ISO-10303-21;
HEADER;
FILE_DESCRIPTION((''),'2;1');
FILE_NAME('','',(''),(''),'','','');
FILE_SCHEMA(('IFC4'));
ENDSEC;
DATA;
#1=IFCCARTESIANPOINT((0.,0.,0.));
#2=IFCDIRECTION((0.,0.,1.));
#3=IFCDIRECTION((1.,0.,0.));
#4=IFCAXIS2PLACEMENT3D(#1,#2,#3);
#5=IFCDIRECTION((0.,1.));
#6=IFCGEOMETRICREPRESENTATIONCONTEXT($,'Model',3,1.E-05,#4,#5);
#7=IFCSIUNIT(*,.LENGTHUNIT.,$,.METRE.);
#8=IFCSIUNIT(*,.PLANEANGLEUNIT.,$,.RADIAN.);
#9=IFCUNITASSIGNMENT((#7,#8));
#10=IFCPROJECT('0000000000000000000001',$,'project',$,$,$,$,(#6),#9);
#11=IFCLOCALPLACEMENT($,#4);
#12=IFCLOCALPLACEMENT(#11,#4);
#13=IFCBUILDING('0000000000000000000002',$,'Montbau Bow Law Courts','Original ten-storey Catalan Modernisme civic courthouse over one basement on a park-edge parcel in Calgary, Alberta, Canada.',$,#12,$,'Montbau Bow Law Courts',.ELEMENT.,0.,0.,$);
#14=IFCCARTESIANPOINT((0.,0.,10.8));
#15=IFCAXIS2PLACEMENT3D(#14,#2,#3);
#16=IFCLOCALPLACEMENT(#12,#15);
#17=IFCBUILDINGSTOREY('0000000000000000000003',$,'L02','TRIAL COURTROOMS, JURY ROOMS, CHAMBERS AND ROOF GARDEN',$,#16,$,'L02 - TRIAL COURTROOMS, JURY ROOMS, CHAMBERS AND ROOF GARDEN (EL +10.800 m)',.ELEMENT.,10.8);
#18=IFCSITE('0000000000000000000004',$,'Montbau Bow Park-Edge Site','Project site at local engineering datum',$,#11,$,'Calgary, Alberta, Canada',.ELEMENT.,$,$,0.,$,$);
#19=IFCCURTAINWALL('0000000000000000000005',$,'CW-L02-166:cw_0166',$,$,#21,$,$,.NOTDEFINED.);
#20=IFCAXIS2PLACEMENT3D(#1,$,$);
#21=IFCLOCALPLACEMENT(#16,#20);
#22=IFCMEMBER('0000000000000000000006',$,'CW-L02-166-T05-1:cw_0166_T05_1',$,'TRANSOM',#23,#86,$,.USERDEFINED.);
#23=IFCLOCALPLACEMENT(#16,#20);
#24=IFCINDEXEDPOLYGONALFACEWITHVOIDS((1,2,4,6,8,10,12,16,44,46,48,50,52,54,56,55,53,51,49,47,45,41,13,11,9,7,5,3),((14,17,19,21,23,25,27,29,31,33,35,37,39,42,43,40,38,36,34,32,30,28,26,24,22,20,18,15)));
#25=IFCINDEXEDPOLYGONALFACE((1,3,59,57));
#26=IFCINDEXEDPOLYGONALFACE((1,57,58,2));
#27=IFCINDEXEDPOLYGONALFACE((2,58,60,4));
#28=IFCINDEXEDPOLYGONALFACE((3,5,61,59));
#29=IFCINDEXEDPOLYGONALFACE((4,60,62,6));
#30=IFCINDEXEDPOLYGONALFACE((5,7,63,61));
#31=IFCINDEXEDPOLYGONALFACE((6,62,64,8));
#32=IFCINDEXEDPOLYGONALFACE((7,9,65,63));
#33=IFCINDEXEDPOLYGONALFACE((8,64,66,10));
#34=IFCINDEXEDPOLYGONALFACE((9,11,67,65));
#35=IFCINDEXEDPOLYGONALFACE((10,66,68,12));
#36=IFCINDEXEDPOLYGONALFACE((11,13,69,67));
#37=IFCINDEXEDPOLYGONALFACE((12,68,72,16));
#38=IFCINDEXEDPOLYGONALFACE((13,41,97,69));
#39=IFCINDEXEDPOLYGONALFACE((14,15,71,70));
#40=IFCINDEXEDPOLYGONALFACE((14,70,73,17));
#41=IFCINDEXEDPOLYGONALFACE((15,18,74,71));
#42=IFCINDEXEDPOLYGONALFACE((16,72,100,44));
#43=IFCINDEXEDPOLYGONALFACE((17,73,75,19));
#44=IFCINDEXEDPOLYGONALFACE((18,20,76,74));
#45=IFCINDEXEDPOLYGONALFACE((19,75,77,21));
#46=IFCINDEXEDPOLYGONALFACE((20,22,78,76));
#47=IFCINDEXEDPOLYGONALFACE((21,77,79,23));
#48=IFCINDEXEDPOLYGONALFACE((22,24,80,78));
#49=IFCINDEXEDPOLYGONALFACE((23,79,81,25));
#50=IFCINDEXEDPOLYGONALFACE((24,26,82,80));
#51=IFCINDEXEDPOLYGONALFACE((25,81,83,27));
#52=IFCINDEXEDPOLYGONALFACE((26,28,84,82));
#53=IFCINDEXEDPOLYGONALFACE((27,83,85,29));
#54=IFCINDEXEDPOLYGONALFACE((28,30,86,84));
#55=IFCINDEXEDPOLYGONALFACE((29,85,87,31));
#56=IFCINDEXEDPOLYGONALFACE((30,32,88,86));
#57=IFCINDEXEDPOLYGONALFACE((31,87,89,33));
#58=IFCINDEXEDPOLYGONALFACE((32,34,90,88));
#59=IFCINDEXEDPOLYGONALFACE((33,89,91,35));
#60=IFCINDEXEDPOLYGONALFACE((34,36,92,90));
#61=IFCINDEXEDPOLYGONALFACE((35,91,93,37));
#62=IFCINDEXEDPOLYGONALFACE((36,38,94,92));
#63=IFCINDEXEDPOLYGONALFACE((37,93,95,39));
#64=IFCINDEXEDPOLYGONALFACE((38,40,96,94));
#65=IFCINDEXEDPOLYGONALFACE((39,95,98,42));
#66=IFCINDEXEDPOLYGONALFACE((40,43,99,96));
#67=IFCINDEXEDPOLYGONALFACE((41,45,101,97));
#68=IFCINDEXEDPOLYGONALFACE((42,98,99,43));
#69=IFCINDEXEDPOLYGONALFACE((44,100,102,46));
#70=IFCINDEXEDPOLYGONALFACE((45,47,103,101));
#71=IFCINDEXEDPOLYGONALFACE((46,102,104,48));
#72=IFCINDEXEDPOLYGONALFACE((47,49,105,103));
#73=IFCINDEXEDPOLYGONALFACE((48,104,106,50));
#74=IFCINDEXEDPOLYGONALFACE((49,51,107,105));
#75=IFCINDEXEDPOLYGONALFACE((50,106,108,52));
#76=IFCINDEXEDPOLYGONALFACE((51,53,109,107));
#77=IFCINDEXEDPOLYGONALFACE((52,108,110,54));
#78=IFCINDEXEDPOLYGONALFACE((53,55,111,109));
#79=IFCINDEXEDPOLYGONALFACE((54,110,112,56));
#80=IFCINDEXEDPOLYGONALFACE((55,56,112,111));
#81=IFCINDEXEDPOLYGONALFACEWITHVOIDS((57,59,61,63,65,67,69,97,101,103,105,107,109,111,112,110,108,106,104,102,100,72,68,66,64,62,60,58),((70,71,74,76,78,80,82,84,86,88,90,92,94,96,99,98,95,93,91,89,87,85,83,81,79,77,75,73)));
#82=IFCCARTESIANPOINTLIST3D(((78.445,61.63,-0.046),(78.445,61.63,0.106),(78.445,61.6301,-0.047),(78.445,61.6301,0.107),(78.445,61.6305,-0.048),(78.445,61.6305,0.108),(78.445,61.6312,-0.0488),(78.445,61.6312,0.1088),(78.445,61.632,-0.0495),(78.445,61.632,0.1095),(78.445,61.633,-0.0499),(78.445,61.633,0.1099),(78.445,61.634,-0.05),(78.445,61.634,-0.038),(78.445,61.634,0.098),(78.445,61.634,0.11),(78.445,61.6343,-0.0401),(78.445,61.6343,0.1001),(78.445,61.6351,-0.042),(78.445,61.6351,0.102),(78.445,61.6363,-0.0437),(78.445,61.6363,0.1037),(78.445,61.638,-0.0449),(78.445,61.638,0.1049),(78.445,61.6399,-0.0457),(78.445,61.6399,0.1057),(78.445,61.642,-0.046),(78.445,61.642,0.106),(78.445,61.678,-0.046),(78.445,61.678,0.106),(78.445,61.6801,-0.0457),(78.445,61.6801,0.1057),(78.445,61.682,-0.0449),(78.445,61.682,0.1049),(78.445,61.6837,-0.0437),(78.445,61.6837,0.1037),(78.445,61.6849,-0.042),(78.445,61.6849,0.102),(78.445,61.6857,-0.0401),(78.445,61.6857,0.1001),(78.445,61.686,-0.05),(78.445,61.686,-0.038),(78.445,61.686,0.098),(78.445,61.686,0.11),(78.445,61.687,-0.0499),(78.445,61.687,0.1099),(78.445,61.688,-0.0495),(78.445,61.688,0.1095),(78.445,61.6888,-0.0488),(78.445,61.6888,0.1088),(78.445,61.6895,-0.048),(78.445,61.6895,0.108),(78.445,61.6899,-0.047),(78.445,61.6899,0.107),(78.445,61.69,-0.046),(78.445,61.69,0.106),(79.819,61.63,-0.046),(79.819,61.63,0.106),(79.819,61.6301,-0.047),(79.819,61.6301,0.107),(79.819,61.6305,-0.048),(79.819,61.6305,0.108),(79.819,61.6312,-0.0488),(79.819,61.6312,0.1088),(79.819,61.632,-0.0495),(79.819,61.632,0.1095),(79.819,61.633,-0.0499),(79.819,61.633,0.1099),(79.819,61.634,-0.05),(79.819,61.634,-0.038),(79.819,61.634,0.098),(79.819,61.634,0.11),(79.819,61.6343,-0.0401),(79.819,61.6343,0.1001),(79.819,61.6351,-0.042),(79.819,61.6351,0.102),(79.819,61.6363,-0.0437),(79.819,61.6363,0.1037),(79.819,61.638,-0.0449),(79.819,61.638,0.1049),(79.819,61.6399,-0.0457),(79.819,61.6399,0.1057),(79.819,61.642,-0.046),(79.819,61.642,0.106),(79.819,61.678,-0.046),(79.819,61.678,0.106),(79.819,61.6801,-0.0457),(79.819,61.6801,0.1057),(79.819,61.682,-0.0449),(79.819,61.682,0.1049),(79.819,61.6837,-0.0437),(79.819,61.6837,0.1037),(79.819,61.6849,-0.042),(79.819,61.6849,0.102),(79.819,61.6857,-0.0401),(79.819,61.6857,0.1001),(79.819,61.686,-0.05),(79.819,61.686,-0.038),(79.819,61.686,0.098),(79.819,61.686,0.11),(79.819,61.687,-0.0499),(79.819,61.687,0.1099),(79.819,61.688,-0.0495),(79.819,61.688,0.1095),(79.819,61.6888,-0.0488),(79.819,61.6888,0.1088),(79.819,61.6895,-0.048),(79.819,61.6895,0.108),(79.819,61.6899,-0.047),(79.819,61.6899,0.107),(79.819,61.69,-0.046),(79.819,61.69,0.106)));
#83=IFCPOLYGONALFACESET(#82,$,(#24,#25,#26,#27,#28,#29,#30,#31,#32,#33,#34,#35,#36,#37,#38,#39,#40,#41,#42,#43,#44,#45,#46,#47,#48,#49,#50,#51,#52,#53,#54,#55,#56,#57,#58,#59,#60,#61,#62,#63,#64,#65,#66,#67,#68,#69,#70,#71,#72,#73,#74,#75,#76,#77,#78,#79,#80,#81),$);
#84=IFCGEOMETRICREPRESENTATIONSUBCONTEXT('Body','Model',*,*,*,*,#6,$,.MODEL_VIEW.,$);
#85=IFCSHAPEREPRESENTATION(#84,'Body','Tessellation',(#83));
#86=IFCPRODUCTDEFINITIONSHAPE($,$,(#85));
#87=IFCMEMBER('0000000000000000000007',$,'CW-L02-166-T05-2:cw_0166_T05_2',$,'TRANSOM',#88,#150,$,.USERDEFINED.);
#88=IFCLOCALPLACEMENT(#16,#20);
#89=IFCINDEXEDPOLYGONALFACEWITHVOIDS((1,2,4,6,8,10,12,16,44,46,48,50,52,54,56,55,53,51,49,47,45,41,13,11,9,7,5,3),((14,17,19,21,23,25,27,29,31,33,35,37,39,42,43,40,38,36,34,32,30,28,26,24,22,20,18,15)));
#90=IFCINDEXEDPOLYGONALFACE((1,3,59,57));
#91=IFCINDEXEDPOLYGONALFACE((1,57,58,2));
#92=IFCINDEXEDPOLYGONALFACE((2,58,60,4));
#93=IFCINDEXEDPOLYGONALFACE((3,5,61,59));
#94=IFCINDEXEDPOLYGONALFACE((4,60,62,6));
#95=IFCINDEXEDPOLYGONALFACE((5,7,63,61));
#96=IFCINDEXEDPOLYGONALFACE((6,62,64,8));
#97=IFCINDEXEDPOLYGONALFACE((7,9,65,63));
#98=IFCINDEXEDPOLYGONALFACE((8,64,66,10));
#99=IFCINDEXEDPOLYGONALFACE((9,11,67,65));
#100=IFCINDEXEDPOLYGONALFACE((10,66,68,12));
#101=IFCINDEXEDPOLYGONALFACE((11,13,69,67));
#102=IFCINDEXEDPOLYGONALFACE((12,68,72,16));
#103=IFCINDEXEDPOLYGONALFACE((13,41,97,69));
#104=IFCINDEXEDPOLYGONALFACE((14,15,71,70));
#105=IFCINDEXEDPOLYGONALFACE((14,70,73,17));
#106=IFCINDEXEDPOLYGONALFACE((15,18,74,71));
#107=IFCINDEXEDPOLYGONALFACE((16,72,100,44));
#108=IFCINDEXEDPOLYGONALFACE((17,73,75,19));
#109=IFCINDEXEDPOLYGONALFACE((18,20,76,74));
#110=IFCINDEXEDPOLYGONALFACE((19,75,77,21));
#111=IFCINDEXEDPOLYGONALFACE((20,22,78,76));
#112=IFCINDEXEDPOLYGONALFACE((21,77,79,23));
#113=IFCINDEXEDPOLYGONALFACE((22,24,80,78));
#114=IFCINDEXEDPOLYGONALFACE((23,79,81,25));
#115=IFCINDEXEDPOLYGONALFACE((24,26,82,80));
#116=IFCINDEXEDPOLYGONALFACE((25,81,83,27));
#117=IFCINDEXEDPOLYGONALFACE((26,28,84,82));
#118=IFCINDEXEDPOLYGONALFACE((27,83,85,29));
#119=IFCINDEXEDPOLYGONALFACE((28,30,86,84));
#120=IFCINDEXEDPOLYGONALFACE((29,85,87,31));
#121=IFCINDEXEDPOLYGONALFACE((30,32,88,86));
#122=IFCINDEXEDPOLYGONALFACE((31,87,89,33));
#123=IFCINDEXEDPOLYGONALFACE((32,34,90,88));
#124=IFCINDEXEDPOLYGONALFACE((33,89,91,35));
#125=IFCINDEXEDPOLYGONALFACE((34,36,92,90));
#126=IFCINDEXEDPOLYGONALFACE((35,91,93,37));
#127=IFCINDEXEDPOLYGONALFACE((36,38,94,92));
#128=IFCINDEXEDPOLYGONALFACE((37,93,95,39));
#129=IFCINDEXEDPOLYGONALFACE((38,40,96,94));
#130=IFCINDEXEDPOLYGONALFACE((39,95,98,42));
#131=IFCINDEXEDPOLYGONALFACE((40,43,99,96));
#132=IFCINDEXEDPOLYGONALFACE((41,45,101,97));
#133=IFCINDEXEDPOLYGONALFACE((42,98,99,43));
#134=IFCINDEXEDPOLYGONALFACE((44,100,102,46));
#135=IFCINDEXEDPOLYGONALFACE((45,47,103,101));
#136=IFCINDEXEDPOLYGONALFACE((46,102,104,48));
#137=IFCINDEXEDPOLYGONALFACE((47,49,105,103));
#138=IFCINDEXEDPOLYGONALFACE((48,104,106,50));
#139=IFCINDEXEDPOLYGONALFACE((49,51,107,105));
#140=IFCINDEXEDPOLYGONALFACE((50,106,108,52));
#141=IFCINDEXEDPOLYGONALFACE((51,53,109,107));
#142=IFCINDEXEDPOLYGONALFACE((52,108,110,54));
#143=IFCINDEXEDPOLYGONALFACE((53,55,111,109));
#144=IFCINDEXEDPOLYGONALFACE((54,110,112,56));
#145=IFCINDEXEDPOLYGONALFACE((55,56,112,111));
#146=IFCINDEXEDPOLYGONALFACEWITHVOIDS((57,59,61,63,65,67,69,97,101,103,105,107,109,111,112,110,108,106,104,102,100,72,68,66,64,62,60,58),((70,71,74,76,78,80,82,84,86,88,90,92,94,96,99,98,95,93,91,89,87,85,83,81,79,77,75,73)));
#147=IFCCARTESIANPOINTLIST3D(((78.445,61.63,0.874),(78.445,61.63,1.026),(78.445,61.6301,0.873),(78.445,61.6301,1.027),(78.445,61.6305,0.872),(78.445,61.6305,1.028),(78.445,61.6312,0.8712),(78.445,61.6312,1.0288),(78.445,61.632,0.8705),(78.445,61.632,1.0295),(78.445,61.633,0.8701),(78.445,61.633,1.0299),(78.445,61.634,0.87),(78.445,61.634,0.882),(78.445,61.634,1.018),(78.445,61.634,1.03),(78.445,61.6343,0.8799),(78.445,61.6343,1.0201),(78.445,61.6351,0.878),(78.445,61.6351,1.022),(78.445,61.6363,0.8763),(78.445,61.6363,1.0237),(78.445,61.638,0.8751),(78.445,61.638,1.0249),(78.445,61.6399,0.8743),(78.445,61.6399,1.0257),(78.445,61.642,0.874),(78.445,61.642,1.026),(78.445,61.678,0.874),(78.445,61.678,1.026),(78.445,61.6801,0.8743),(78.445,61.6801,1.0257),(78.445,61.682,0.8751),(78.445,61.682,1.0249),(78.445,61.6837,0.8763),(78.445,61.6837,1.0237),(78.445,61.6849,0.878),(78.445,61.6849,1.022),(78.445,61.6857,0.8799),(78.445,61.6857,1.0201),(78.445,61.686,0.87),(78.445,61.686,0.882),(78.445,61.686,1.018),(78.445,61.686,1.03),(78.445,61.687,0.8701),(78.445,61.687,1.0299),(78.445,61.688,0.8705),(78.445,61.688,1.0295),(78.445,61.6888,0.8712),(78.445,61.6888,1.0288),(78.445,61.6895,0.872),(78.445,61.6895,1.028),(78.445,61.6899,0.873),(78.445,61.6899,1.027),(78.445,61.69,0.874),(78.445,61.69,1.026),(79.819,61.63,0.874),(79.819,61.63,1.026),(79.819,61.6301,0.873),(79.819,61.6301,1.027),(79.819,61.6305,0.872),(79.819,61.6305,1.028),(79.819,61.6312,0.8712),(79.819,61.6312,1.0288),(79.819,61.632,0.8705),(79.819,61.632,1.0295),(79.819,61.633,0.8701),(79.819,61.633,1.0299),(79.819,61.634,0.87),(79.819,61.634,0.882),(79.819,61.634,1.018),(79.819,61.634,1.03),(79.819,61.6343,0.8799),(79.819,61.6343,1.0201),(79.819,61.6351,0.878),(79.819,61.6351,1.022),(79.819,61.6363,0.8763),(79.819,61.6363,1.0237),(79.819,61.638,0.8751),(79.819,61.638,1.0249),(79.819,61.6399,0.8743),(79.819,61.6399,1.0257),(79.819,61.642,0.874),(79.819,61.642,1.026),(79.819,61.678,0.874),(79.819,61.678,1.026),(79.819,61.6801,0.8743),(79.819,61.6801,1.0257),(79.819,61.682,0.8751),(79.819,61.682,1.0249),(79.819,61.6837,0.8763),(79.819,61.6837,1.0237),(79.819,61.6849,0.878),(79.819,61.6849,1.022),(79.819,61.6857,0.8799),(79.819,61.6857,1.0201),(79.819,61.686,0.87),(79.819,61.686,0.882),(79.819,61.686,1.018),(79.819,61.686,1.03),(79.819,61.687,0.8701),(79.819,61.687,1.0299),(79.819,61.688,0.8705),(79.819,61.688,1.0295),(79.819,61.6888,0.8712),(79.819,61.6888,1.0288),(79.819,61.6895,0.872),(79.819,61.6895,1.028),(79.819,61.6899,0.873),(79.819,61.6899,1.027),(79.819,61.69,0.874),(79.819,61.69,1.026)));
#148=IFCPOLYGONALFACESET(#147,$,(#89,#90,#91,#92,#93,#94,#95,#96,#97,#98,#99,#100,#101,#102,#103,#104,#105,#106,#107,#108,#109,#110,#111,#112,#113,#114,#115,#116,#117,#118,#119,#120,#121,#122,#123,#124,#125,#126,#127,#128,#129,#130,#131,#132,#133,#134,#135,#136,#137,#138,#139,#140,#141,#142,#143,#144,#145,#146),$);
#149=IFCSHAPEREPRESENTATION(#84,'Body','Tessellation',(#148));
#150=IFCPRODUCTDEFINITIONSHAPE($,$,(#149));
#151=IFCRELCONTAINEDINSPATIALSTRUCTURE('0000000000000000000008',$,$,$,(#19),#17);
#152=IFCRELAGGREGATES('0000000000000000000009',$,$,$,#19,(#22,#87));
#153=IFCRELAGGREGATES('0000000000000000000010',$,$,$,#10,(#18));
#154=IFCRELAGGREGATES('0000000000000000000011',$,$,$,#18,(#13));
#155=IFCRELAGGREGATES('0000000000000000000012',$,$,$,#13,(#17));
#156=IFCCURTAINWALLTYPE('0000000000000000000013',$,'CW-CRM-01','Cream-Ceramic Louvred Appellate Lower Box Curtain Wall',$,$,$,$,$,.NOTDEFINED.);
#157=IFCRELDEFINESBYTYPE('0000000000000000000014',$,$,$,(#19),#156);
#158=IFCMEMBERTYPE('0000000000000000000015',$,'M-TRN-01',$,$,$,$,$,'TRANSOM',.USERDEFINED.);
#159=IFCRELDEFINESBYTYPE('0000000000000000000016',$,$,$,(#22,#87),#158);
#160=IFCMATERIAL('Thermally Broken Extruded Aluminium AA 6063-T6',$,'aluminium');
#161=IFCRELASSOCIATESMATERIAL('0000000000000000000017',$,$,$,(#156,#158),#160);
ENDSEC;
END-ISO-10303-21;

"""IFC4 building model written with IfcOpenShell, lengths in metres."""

from ifc_helpers import new_model, si_unit, direction, frame, origin_with_axes, origin_2d_with_axis, place, context, subcontext, project, spatial, hollow_rectangle, extrude, material, material_profile, profile_set, type_object, element, aggregate, save


model = new_model("IFC4")

# Units and contexts
model_context = context("Model", 3, precision=1e-05, world=origin_with_axes(), true_north=direction((0.0, 1.0)))
body_context = subcontext(model_context, "Body", "Model", "MODEL_VIEW")
ifc_project = project(units=[si_unit("LENGTHUNIT", "METRE"), si_unit("PLANEANGLEUNIT", "RADIAN")], contexts=[model_context])

# Site, building, storey
site_placement = place(None, origin_with_axes())
site = spatial("IfcSite", under=ifc_project, at=site_placement, Name="Montbau Bow Park-Edge Site", Description="Project site at local engineering datum", LongName="Calgary, Alberta, Canada", CompositionType="ELEMENT", RefElevation=0.0)
building_placement = place(site_placement, origin_with_axes())
building = spatial("IfcBuilding", under=site, at=building_placement, Name="Montbau Bow Law Courts", Description="Original ten-storey Catalan Modernisme civic courthouse over one basement on a park-edge parcel in Calgary, Alberta, Canada.", LongName="Montbau Bow Law Courts", CompositionType="ELEMENT", ElevationOfRefHeight=0.0, ElevationOfTerrain=0.0)
storey_placement = place(building_placement, frame((0.0, 0.0, 10.8), z_axis=(0.0, 0.0, 1.0), x_axis=(1.0, 0.0, 0.0)))
storey = spatial("IfcBuildingStorey", under=building, at=storey_placement, Name="L02", Description="TRIAL COURTROOMS, JURY ROOMS, CHAMBERS AND ROOF GARDEN", LongName="L02 - TRIAL COURTROOMS, JURY ROOMS, CHAMBERS AND ROOF GARDEN (EL +10.800 m)", CompositionType="ELEMENT", Elevation=10.8)

# Curtain wall, members
ifc_material_1 = material(Name="Thermally Broken Extruded Aluminium AA 6063-T6", Category="aluminium")
curtain_wall_type = type_object("IfcCurtainWallType", Name="CW-CRM-01", Description="Cream-Ceramic Louvred Appellate Lower Box Curtain Wall", PredefinedType="NOTDEFINED", material=ifc_material_1)
curtain_wall_placement = place(None, frame((72.515, 61.66, 10.8), z_axis=(0.0, 0.0, 1.0), x_axis=(1.0, 0.0, 0.0)))
curtain_wall = element("IfcCurtainWall", 1, at=curtain_wall_placement, inside=storey, type_object=curtain_wall_type, Name="CW-L02-166:cw_0166", PredefinedType="NOTDEFINED")
ifc_material_profile_1 = material_profile(ifc_material_1, hollow_rectangle(XDim=0.06, YDim=0.16, WallThickness=0.004, InnerFilletRadius=0.008, OuterFilletRadius=0.004, at=origin_2d_with_axis()), Name="CWT-160X60", Category="Main", Priority=0)
ifc_profile_set_1 = profile_set([ifc_material_profile_1], Name="Thermally Broken Extruded Aluminium AA 6063-T6")
member_type_1 = type_object("IfcMemberType", Name="M-TRN-01", ElementType="TRANSOM", PredefinedType="USERDEFINED", material=ifc_profile_set_1)
member_1_placement = place(None, frame((78.445, 61.66, 10.83), z_axis=(1.0, 0.0, 0.0), x_axis=(0.0, 1.0, 0.0)))
member_1 = element("IfcMember", 2, at=member_1_placement, type_object=member_type_1, Name="CW-L02-166-T05-1:cw_0166_T05_1", ObjectType="TRANSOM", PredefinedType="USERDEFINED", context=body_context, shape_type="SweptSolid", body=[
    extrude(hollow_rectangle(XDim=0.06, YDim=0.16, WallThickness=0.004, InnerFilletRadius=0.008, OuterFilletRadius=0.004, at=origin_2d_with_axis()), origin_with_axes(), (0.0, 0.0, 1.0), 1.374),
])
member_2_placement = place(None, frame((78.445, 61.66, 11.75), z_axis=(1.0, 0.0, 0.0), x_axis=(0.0, 1.0, 0.0)))
member_2 = element("IfcMember", 3, at=member_2_placement, type_object=member_type_1, Name="CW-L02-166-T05-2:cw_0166_T05_2", ObjectType="TRANSOM", PredefinedType="USERDEFINED", context=body_context, shape_type="SweptSolid", body=[
    extrude(hollow_rectangle(XDim=0.06, YDim=0.16, WallThickness=0.004, InnerFilletRadius=0.008, OuterFilletRadius=0.004, at=origin_2d_with_axis()), origin_with_axes(), (0.0, 0.0, 1.0), 1.374),
])
aggregate(curtain_wall, [member_1, member_2])

save(model, "model.ifc")
